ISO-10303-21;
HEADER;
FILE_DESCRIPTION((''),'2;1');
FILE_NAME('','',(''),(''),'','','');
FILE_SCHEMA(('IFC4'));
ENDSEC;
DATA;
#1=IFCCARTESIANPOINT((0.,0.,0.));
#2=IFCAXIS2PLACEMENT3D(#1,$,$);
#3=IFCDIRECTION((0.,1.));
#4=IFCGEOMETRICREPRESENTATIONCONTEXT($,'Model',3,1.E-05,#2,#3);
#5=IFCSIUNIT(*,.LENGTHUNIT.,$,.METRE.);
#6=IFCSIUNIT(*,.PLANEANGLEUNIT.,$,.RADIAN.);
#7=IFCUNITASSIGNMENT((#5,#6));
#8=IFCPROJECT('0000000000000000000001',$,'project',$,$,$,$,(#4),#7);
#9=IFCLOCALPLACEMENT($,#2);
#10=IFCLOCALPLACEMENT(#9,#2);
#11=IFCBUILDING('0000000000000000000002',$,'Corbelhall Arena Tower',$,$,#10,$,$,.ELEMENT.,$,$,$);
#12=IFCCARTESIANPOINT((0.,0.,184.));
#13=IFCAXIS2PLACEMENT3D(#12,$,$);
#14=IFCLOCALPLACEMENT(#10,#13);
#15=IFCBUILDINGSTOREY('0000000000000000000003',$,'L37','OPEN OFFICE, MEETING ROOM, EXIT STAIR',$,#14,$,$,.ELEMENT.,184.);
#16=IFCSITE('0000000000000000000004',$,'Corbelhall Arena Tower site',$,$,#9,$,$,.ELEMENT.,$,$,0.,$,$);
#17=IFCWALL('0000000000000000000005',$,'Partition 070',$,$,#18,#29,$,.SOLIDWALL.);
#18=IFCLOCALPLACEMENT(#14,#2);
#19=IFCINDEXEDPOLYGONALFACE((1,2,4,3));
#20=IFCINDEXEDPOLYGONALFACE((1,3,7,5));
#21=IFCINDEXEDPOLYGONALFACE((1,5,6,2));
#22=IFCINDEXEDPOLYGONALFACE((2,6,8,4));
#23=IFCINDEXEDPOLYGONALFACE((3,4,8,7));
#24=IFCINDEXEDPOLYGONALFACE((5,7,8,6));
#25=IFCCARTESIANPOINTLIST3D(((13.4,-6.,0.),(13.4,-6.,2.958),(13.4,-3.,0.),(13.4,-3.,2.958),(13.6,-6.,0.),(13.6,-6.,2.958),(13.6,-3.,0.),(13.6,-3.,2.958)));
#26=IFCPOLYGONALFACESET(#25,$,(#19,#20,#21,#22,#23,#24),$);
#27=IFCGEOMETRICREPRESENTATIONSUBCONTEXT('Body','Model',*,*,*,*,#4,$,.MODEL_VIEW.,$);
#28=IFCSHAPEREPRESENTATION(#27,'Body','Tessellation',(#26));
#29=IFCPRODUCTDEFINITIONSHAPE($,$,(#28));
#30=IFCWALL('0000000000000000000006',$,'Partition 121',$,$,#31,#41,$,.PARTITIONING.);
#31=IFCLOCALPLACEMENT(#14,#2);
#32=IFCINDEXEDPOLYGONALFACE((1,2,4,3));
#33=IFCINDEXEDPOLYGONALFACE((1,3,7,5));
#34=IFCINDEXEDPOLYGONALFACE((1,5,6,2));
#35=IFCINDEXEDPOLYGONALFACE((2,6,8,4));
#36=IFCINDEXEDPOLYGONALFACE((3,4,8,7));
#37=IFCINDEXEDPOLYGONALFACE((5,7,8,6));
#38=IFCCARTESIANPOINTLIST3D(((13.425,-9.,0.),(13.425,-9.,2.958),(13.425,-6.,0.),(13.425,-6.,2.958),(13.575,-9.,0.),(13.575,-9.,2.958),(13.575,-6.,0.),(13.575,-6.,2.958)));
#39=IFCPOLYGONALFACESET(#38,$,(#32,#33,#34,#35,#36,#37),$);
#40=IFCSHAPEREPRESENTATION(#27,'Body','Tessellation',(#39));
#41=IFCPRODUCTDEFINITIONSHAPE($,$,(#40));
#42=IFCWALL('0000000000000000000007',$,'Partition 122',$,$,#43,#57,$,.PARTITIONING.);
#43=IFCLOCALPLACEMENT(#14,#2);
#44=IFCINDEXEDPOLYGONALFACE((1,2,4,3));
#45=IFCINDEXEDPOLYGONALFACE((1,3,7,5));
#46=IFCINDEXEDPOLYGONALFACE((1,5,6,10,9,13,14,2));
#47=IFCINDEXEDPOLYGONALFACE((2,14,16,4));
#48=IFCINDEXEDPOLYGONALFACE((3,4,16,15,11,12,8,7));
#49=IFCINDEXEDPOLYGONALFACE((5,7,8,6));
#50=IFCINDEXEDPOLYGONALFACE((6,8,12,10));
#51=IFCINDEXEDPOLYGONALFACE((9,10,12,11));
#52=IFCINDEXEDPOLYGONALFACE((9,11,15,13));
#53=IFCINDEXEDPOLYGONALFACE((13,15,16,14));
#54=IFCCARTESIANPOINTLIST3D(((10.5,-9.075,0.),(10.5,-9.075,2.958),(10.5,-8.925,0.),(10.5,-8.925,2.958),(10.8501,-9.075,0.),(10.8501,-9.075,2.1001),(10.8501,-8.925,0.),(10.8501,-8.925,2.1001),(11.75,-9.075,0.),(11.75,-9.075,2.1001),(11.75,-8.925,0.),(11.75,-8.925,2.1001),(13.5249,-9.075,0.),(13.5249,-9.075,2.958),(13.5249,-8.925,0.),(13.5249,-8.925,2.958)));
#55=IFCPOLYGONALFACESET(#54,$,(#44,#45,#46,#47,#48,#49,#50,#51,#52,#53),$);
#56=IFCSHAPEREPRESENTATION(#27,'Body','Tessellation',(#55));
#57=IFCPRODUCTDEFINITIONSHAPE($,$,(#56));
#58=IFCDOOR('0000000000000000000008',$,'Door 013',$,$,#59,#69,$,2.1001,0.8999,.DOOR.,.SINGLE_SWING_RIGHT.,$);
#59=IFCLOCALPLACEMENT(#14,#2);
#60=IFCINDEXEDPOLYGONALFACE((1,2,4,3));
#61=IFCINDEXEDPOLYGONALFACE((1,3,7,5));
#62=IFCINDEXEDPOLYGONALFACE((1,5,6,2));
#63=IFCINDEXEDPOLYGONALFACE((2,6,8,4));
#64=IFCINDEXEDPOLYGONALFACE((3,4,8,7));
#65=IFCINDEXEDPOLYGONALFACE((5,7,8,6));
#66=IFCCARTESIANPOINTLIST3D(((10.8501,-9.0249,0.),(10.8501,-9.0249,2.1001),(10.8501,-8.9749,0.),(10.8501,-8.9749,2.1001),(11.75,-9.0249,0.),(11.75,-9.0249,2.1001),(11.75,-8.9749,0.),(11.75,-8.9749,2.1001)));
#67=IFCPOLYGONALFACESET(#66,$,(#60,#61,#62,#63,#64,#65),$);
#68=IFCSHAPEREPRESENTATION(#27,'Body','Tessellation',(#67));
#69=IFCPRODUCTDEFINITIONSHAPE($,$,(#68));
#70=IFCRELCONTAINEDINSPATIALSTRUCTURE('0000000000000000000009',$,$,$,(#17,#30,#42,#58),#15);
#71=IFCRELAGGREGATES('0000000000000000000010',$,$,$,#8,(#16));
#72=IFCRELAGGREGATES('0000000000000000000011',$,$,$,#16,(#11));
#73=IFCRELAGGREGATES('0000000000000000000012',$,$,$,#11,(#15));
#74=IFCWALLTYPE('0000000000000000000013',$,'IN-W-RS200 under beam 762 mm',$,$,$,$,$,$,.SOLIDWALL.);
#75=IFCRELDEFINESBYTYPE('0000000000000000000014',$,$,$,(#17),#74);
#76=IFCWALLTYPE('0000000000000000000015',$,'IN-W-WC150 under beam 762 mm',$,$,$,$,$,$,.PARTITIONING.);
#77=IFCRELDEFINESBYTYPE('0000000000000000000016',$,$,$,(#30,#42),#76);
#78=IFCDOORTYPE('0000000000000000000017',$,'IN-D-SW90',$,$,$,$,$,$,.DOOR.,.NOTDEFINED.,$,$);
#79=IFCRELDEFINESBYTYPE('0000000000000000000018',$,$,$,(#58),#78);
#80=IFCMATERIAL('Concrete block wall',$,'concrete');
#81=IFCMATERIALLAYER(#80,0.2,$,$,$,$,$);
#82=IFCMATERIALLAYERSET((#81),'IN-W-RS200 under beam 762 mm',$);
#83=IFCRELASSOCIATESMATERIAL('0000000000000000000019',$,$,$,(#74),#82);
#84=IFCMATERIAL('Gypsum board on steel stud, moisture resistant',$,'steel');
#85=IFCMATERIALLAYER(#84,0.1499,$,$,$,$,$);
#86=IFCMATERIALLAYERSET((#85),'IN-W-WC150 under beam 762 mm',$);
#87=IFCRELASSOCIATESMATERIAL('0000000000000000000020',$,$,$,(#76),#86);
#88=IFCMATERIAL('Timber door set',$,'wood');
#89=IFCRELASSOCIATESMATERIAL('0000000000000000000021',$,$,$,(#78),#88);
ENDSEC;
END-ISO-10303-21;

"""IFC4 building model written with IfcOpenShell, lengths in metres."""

from ifc_helpers import new_model, si_unit, direction, frame, frame_2d, origin, place, context, subcontext, project, spatial, rectangle, extrude, material, layer, layer_set, type_object, element, fill, save


model = new_model("IFC4")

# Units and contexts
model_context = context("Model", 3, precision=1e-05, world=origin(), true_north=direction((0.0, 1.0)))
body_context = subcontext(model_context, "Body", "Model", "MODEL_VIEW")
ifc_project = project(units=[si_unit("LENGTHUNIT", "METRE"), si_unit("PLANEANGLEUNIT", "RADIAN")], contexts=[model_context])

# Site, building, storey
site_placement = place(None, origin())
site = spatial("IfcSite", under=ifc_project, at=site_placement, Name="Corbelhall Arena Tower site", CompositionType="ELEMENT", RefElevation=0.0)
building_placement = place(site_placement, origin())
building = spatial("IfcBuilding", under=site, at=building_placement, Name="Corbelhall Arena Tower", CompositionType="ELEMENT")
storey_placement = place(building_placement, frame((0.0, 0.0, 184.0)))
storey = spatial("IfcBuildingStorey", under=building, at=storey_placement, Name="L37", Description="OPEN OFFICE, MEETING ROOM, EXIT STAIR", CompositionType="ELEMENT", Elevation=184.0)

# Walls
ifc_material_1 = material(Name="Concrete block wall", Category="concrete")
ifc_layer_1 = layer(ifc_material_1, 0.2)
ifc_layer_set_1 = layer_set([ifc_layer_1], Name="IN-W-RS200 under beam 762 mm")
wall_type_1 = type_object("IfcWallType", Name="IN-W-RS200 under beam 762 mm", PredefinedType="SOLIDWALL", material=ifc_layer_set_1)
wall_1_placement = place(storey_placement, frame((13.5, -3.0, 0.0), z_axis=(0.0, 0.0, 1.0), x_axis=(0.0, -1.0, 0.0)))
element("IfcWall", 1, at=wall_1_placement, inside=storey, type_object=wall_type_1, Name="Partition 070", PredefinedType="SOLIDWALL", context=body_context, shape_type="SweptSolid", body=[
    extrude(rectangle(XDim=3.0, YDim=0.2, at=frame_2d((1.5, 0.0))), origin(), (0.0, 0.0, 1.0), 2.958),
])
ifc_material_2 = material(Name="Gypsum board on steel stud, moisture resistant", Category="steel")
ifc_layer_2 = layer(ifc_material_2, 0.1499)
ifc_layer_set_2 = layer_set([ifc_layer_2], Name="IN-W-WC150 under beam 762 mm")
wall_type_2 = type_object("IfcWallType", Name="IN-W-WC150 under beam 762 mm", PredefinedType="PARTITIONING", material=ifc_layer_set_2)
wall_2_placement = place(storey_placement, frame((13.5, -6.0, 0.0), z_axis=(0.0, 0.0, 1.0), x_axis=(0.0, -1.0, 0.0)))
element("IfcWall", 2, at=wall_2_placement, inside=storey, type_object=wall_type_2, Name="Partition 121", PredefinedType="PARTITIONING", context=body_context, shape_type="SweptSolid", body=[
    extrude(rectangle(XDim=3.0, YDim=0.1499, at=frame_2d((1.5, 0.0))), origin(), (0.0, 0.0, 1.0), 2.958),
])

# Wall, opening, door
wall_3_placement = place(storey_placement, frame((13.5249, -9.0, 0.0), z_axis=(0.0, 0.0, 1.0), x_axis=(-1.0, 0.0, 0.0)))
wall_3 = element("IfcWall", 3, at=wall_3_placement, inside=storey, type_object=wall_type_2, Name="Partition 122", PredefinedType="PARTITIONING", context=body_context, shape_type="SweptSolid", body=[
    extrude(rectangle(XDim=3.0249, YDim=0.1499, at=frame_2d((1.5125, 0.0))), origin(), (0.0, 0.0, 1.0), 2.958),
])
opening_1_placement = place(wall_3_placement, frame((1.7749, 0.0, 0.0)))
opening_1 = element("IfcOpeningElement", 4, at=opening_1_placement, cuts=wall_3, PredefinedType="OPENING", context=body_context, shape_type="SweptSolid", body=[
    extrude(rectangle(XDim=0.8999, YDim=2.1001, at=frame_2d((0.45, 1.05))), frame((0.0, 0.075, 0.0), z_axis=(0.0, -1.0, 0.0), x_axis=(1.0, 0.0, 0.0)), (0.0, 0.0, 1.0), 0.1499),
])
ifc_material_3 = material(Name="Timber door set", Category="wood")
door_type_1 = type_object("IfcDoorType", Name="IN-D-SW90", OperationType="NOTDEFINED", PredefinedType="DOOR", material=ifc_material_3)
door_1_placement = place(opening_1_placement, origin())
door_1 = element("IfcDoor", 5, at=door_1_placement, inside=storey, type_object=door_type_1, Name="Door 013", OperationType="SINGLE_SWING_RIGHT", OverallHeight=2.1001, OverallWidth=0.8999, PredefinedType="DOOR", context=body_context, shape_type="SweptSolid", body=[
    extrude(rectangle(XDim=0.8999, YDim=2.1001, at=frame_2d((0.45, 1.05))), frame((0.0, 0.0249, 0.0), z_axis=(0.0, -1.0, 0.0), x_axis=(1.0, 0.0, 0.0)), (0.0, 0.0, 1.0), 0.05),
])
fill(opening_1, door_1)

save(model, "model.ifc")
